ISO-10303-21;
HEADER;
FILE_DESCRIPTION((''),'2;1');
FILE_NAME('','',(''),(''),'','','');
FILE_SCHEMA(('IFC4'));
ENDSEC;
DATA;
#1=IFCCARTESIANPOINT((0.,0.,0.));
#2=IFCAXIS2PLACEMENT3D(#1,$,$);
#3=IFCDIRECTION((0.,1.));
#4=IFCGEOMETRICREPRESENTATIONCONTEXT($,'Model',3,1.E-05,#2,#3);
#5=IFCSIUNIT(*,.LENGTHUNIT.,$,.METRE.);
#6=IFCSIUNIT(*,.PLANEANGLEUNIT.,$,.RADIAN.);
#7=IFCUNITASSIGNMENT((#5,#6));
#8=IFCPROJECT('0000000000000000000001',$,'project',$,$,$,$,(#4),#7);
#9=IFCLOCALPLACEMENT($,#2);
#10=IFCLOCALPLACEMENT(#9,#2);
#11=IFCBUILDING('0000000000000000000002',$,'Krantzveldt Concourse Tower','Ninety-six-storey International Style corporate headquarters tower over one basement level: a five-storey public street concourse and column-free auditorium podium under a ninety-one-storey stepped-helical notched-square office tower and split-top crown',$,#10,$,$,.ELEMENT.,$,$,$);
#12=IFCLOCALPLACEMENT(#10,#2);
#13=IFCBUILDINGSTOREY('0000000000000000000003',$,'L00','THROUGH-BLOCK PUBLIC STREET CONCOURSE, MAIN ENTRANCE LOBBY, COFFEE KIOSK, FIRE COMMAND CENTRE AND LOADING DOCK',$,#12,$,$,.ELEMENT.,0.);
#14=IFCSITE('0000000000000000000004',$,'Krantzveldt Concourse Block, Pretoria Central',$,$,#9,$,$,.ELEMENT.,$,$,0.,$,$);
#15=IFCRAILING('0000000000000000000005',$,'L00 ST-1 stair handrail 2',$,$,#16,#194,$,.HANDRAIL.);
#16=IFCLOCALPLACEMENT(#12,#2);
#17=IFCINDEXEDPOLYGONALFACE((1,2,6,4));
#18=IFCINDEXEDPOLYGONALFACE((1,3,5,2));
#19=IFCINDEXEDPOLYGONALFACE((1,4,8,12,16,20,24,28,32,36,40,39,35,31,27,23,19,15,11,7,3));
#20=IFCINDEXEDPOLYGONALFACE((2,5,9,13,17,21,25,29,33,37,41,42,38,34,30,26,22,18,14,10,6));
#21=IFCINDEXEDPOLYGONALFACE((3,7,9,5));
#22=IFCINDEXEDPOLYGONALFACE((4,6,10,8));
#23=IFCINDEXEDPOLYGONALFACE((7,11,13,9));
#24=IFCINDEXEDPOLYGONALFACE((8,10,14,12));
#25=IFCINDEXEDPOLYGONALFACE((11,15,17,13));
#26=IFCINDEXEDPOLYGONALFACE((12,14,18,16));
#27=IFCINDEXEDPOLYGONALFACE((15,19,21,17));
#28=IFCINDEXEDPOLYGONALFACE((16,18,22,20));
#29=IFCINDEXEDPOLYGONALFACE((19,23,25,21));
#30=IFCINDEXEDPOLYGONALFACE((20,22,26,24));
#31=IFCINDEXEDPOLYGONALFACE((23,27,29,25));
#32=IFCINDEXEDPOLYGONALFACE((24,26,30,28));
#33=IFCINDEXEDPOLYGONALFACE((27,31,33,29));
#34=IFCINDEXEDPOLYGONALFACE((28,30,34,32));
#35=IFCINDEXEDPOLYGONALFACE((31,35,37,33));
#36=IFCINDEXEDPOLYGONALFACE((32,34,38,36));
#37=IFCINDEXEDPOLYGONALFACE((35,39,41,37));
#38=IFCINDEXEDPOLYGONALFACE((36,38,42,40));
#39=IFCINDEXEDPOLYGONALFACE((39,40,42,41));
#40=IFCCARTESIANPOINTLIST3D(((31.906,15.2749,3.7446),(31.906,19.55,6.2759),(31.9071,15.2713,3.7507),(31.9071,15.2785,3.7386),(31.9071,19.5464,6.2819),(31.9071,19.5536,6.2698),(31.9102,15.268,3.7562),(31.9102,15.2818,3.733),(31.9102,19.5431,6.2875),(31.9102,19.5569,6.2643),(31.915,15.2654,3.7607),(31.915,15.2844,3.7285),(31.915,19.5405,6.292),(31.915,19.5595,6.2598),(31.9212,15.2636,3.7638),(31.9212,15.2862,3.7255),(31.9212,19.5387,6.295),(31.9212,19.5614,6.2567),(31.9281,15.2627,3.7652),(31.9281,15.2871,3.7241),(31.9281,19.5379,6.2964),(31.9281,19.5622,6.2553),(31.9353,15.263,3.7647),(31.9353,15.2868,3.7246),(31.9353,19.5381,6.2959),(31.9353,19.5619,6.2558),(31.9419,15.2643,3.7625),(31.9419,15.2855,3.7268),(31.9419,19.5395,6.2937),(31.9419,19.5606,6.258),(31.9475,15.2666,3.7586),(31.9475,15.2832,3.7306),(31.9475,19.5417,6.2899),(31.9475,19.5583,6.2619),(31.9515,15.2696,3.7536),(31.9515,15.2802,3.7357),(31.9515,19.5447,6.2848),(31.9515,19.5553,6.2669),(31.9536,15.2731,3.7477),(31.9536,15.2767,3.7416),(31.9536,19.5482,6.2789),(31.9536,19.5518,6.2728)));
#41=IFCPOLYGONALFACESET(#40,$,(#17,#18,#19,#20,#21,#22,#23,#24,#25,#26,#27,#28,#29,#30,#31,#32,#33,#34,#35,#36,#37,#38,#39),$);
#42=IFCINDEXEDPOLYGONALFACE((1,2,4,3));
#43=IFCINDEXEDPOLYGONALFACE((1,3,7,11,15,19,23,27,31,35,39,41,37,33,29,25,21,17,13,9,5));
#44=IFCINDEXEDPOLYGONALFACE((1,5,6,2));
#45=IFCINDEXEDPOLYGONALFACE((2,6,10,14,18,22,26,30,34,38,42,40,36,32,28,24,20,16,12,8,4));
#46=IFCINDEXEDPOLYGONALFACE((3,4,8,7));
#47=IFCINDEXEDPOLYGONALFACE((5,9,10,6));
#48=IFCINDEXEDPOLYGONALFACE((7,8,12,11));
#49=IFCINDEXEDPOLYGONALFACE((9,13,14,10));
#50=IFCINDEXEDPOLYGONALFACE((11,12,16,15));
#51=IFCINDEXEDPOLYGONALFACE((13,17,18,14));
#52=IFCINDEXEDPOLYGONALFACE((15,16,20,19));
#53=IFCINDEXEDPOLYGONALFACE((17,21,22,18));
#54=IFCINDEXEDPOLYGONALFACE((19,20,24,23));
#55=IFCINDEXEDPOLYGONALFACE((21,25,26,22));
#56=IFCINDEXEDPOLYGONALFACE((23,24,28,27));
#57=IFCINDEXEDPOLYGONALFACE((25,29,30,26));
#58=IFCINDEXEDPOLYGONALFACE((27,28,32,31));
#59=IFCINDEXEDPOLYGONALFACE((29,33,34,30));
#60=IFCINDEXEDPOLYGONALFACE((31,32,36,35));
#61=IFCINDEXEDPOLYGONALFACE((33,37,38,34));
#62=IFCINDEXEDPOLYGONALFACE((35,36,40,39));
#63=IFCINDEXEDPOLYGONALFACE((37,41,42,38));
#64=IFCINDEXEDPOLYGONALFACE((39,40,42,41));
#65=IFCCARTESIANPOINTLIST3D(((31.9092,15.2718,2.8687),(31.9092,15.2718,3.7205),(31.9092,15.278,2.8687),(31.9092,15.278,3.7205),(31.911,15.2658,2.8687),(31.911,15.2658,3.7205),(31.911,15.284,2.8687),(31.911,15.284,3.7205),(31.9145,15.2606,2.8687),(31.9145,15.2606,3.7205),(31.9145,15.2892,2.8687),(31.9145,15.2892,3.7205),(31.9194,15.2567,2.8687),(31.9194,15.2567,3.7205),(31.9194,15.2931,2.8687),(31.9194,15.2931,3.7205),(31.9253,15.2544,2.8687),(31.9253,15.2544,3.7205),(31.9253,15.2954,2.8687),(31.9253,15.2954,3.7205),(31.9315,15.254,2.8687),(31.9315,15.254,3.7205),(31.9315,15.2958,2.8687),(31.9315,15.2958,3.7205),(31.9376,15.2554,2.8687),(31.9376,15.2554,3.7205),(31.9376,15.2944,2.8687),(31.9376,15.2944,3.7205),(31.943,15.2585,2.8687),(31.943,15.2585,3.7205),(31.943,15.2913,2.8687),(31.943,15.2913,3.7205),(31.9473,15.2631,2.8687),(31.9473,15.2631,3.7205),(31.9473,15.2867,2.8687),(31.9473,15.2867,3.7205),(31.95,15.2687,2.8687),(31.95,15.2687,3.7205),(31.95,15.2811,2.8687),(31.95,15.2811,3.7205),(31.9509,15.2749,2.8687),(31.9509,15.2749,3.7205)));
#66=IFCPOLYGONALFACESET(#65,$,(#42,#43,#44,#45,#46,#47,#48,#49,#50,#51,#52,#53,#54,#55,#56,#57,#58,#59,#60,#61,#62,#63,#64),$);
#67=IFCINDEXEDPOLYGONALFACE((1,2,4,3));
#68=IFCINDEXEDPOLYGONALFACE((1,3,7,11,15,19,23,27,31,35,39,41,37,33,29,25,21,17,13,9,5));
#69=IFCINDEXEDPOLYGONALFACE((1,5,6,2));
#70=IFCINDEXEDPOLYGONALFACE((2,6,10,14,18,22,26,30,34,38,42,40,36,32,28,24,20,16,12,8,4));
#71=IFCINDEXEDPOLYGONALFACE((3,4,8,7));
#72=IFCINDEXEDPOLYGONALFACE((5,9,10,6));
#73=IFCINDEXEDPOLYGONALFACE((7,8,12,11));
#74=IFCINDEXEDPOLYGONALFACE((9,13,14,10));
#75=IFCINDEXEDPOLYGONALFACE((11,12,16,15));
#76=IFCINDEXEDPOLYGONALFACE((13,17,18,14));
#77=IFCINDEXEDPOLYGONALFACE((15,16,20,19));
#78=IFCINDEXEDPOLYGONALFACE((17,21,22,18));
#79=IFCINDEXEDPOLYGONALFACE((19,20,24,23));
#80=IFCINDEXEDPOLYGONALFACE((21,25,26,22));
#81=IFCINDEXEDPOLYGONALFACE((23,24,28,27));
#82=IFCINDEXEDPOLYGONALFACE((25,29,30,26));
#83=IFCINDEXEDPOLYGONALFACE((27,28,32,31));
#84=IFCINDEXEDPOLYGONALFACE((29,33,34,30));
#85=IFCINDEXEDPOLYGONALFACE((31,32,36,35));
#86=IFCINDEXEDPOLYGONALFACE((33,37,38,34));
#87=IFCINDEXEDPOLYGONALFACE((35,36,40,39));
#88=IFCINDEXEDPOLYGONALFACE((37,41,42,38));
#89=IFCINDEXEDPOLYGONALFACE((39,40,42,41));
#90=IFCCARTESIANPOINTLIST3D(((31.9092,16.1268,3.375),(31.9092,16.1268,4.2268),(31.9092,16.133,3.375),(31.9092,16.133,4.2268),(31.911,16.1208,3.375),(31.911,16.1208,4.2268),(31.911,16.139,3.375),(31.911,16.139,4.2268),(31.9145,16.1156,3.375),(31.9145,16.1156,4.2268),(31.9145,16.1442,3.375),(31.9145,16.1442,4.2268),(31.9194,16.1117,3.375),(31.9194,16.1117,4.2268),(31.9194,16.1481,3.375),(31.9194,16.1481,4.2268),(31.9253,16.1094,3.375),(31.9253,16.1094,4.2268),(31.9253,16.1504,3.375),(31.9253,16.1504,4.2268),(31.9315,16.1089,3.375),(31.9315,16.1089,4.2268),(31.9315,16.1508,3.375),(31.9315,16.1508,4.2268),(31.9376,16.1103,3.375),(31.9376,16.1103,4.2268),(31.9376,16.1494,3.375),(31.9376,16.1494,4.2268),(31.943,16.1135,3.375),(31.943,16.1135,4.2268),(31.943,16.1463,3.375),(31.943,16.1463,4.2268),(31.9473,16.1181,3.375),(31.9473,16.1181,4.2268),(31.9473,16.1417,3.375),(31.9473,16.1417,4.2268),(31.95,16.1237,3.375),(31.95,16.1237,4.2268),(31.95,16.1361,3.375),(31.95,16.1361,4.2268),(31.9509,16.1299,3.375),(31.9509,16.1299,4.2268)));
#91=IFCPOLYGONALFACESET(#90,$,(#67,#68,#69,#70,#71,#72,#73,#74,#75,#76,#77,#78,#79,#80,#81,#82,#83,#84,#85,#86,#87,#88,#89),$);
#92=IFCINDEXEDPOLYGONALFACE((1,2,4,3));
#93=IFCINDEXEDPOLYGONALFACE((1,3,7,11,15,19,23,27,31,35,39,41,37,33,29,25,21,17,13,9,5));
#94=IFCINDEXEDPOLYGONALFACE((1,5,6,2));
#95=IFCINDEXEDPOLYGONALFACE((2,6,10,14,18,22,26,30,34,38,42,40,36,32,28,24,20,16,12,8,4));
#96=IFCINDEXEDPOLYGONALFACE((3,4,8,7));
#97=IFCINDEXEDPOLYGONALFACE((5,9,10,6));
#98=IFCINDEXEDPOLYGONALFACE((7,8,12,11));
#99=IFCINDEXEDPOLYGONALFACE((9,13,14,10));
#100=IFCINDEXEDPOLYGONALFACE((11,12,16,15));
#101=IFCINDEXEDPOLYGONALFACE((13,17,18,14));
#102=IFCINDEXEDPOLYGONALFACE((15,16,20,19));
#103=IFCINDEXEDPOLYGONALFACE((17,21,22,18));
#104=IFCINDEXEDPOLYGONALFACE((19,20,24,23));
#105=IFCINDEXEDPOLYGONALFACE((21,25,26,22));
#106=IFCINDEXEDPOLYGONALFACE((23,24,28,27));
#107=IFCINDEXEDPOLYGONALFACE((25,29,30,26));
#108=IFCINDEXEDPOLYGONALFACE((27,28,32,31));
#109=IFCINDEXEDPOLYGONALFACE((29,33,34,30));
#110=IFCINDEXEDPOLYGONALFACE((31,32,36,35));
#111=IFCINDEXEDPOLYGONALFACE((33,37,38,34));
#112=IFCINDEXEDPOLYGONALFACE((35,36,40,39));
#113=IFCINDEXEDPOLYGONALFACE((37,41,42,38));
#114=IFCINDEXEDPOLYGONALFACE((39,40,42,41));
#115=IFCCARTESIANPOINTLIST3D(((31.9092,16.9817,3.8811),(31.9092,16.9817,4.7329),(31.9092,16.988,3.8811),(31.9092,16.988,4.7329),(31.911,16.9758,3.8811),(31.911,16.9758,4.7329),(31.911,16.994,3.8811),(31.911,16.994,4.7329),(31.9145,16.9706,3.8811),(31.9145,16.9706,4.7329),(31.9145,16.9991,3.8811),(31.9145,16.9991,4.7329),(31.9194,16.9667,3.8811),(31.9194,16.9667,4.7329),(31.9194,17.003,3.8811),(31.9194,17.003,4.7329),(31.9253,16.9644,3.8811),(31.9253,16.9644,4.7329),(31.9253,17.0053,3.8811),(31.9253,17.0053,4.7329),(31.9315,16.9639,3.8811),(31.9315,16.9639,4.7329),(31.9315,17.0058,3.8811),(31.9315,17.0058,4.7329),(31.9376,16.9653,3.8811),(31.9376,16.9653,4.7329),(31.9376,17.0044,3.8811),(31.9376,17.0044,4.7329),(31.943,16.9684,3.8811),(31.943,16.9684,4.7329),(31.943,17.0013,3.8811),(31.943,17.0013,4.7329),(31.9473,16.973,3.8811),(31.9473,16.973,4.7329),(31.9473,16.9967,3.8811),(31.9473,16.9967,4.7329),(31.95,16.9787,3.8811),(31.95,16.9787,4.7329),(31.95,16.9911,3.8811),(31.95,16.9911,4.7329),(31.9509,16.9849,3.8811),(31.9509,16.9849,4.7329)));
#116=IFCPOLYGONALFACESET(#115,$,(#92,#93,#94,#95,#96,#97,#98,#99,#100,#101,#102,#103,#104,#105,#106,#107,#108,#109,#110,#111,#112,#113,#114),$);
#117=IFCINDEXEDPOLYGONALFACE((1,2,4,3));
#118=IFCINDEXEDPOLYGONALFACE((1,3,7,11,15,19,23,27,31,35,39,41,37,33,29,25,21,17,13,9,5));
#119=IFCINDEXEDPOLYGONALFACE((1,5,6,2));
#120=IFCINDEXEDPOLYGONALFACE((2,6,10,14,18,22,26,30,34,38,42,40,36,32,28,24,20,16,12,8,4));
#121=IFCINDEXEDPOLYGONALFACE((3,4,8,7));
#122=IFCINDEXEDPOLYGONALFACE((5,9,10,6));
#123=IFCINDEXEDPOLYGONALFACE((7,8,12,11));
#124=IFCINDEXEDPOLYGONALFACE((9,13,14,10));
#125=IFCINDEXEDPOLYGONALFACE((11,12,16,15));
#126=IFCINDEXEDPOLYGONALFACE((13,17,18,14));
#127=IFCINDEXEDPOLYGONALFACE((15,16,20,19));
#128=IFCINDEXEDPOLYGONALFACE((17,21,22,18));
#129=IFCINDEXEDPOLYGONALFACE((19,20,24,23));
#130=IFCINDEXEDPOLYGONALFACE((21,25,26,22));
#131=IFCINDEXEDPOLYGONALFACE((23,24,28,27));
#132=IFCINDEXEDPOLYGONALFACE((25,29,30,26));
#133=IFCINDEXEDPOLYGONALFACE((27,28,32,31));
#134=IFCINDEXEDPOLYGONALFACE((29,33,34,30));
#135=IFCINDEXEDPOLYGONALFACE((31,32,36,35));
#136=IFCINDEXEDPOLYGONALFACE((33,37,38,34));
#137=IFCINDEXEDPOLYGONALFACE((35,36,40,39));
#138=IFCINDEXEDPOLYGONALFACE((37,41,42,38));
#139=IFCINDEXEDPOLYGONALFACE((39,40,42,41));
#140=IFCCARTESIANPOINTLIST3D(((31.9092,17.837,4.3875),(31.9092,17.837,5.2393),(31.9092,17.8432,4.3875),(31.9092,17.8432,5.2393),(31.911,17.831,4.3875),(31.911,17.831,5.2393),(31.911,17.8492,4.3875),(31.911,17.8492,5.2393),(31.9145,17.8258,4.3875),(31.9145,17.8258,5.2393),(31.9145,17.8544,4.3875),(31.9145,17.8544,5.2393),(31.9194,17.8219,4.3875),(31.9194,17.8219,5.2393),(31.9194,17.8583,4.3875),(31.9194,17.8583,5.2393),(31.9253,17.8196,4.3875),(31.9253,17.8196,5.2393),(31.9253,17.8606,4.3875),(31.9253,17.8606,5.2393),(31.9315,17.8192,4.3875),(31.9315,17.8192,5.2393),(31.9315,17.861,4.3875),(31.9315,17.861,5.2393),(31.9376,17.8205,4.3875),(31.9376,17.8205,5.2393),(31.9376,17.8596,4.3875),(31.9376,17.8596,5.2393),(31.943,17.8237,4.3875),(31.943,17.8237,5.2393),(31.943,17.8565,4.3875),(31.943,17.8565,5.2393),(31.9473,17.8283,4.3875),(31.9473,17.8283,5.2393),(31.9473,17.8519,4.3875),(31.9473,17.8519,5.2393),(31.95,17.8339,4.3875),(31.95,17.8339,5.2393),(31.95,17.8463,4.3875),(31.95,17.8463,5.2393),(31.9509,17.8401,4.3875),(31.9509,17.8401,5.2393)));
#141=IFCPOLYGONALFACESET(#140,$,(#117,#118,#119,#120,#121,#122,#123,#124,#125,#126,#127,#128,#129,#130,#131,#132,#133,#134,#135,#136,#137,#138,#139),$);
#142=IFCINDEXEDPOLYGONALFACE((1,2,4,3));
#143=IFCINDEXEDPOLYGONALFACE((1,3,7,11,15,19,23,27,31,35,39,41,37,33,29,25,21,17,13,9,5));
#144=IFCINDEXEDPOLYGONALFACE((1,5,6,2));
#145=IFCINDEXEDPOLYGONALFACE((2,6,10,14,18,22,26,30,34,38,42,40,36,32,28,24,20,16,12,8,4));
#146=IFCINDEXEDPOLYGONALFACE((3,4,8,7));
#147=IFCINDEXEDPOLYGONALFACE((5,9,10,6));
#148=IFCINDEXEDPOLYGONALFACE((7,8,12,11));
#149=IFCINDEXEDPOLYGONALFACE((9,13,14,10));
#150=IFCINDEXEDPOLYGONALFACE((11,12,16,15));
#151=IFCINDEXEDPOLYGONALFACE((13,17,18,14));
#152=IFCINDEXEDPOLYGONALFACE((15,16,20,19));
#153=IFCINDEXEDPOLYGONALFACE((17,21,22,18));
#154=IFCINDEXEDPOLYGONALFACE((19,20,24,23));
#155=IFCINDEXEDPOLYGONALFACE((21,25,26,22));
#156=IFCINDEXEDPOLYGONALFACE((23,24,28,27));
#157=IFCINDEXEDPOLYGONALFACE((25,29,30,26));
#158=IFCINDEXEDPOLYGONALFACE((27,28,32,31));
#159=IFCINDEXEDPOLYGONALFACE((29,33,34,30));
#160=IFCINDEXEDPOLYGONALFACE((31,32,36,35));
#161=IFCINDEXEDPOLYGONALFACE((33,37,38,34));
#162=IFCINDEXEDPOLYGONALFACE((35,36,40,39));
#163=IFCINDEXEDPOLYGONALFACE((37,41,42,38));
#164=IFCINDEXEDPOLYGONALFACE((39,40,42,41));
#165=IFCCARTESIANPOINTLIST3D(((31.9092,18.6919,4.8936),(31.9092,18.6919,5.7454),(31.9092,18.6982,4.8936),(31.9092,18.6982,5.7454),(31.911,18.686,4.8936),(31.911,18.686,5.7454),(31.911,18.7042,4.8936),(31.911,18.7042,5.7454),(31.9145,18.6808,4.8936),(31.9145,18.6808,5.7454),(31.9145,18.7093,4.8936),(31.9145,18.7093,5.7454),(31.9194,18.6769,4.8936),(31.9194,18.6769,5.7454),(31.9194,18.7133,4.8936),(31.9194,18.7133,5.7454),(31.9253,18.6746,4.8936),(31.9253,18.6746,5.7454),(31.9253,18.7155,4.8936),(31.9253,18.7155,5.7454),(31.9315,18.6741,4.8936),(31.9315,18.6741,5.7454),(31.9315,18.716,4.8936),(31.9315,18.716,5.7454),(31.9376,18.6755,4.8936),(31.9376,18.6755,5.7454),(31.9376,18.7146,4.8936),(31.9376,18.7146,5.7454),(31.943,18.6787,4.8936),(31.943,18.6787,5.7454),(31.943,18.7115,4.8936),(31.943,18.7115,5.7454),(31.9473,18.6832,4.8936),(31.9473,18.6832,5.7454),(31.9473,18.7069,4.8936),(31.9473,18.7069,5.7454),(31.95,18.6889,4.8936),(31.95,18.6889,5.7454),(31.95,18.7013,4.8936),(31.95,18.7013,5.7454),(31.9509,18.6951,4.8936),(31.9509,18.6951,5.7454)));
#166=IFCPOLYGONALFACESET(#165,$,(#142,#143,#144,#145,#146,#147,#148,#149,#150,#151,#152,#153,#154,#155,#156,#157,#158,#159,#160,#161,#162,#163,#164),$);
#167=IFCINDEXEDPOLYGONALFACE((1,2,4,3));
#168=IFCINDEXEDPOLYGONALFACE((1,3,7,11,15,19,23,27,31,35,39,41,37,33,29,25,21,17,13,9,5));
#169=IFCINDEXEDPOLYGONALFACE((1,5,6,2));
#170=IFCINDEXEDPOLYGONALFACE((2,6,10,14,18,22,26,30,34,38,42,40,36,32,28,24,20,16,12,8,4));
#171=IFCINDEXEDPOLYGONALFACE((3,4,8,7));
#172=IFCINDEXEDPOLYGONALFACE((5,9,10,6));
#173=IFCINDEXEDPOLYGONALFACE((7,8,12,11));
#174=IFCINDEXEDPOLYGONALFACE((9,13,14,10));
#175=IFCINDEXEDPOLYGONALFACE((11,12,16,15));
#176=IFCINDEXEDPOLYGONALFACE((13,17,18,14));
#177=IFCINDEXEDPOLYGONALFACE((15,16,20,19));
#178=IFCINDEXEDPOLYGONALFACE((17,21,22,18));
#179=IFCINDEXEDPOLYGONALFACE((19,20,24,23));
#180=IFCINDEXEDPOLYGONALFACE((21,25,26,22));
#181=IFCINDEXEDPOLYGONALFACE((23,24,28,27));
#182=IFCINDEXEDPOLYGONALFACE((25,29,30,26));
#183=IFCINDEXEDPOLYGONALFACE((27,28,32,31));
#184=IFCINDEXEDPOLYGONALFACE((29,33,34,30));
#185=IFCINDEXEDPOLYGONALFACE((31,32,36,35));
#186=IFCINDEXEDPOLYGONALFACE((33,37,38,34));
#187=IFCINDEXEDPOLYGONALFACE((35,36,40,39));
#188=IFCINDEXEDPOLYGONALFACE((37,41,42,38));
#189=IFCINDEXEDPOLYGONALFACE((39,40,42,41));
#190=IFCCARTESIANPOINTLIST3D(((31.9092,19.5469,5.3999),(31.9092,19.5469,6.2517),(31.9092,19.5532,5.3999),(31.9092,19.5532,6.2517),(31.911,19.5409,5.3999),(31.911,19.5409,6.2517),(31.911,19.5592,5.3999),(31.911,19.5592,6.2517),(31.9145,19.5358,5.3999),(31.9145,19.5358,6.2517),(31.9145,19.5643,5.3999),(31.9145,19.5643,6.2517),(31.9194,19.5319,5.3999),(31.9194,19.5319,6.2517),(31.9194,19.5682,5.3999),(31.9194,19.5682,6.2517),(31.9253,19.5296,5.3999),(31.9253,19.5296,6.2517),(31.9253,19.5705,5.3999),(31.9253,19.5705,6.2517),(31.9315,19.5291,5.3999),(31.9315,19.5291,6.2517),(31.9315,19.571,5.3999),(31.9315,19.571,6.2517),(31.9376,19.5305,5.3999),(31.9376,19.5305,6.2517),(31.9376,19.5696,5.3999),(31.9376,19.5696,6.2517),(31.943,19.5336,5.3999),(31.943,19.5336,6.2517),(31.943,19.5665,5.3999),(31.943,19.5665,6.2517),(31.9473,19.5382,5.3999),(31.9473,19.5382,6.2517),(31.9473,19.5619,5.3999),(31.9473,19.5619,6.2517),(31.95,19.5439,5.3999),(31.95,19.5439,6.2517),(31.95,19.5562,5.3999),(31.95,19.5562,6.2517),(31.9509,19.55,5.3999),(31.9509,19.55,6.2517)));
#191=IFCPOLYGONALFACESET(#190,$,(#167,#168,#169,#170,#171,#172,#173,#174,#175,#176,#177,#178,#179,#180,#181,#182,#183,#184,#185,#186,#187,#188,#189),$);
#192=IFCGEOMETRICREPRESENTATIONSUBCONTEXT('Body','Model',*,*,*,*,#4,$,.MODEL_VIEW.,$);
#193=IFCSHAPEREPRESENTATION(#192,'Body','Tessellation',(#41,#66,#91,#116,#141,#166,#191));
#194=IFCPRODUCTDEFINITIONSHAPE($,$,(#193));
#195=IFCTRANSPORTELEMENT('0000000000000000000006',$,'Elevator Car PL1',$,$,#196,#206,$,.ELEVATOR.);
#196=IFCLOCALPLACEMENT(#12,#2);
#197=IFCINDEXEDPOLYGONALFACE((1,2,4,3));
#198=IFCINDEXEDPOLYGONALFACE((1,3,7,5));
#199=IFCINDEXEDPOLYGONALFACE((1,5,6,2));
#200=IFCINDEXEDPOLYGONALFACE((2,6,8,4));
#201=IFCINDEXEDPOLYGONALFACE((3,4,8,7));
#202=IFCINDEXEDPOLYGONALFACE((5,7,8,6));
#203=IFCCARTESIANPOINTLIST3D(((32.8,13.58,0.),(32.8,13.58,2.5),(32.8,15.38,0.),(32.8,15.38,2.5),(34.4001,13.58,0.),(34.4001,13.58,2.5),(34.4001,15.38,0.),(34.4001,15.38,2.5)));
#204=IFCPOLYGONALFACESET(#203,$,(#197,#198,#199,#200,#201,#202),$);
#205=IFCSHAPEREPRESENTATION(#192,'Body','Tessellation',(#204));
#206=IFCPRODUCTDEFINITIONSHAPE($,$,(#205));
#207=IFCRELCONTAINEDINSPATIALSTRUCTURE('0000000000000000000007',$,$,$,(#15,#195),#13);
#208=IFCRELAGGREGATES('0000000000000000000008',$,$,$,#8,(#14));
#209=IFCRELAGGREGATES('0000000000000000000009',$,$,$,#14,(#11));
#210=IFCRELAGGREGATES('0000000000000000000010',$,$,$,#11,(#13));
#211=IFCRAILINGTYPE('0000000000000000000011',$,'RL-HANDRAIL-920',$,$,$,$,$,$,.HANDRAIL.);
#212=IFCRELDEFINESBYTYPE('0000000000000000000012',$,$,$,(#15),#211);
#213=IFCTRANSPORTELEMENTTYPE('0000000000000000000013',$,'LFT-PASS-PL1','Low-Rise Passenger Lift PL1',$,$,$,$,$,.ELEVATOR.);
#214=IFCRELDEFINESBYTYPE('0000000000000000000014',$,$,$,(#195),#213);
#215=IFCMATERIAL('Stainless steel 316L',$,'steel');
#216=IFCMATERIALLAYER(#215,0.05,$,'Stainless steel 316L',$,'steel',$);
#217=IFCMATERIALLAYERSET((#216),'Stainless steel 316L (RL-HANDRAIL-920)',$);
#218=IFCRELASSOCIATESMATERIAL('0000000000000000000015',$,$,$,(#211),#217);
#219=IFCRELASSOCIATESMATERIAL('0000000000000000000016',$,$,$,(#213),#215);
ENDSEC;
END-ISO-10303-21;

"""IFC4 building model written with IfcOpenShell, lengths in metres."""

from ifc_helpers import new_model, si_unit, direction, frame, origin, origin_2d, place, context, subcontext, project, spatial, rectangle, circle, extrude, source, transform, mapped, material, layer, layer_set, type_object, type_shapes, element, save


model = new_model("IFC4")

# Units and contexts
model_context = context("Model", 3, precision=1e-05, world=origin(), true_north=direction((0.0, 1.0)))
body_context = subcontext(model_context, "Body", "Model", "MODEL_VIEW")
ifc_project = project(units=[si_unit("LENGTHUNIT", "METRE"), si_unit("PLANEANGLEUNIT", "RADIAN")], contexts=[model_context])

# Site, building, storey
site_placement = place(None, origin())
site = spatial("IfcSite", under=ifc_project, at=site_placement, Name="Krantzveldt Concourse Block, Pretoria Central", CompositionType="ELEMENT", RefElevation=0.0)
building_placement = place(site_placement, origin())
building = spatial("IfcBuilding", under=site, at=building_placement, Name="Krantzveldt Concourse Tower", Description="Ninety-six-storey International Style corporate headquarters tower over one basement level: a five-storey public street concourse and column-free auditorium podium under a ninety-one-storey stepped-helical notched-square office tower and split-top crown", CompositionType="ELEMENT")
storey_placement = place(building_placement, origin())
storey = spatial("IfcBuildingStorey", under=building, at=storey_placement, Name="L00", Description="THROUGH-BLOCK PUBLIC STREET CONCOURSE, MAIN ENTRANCE LOBBY, COFFEE KIOSK, FIRE COMMAND CENTRE AND LOADING DOCK", CompositionType="ELEMENT", Elevation=0.0)

# Shared definitions
ifc_material_1 = material(Name="Stainless steel 316L", Category="steel")

# Railing
ifc_layer_1 = layer(ifc_material_1, 0.05, Name="Stainless steel 316L", Category="steel")
ifc_layer_set_1 = layer_set([ifc_layer_1], Name="Stainless steel 316L (RL-HANDRAIL-920)")
railing_type_1 = type_object("IfcRailingType", Name="RL-HANDRAIL-920", PredefinedType="HANDRAIL", material=ifc_layer_set_1)
railing_1_placement = place(storey_placement, frame((31.9299, 15.2749, 2.8687)))
element("IfcRailing", 1, at=railing_1_placement, inside=storey, type_object=railing_type_1, Name="L00 ST-1 stair handrail 2", PredefinedType="HANDRAIL", context=body_context, shape_type="SweptSolid", body=[
    extrude(circle(Radius=0.0239, at=origin_2d()), frame((0.0, 0.0, 0.876), z_axis=(0.0, 0.860483, 0.509479), x_axis=(-1.0, 0.0, 0.0)), (0.0, 0.0, 1.0), 4.9683),
    extrude(circle(Radius=0.021, at=origin_2d()), origin(), (0.0, 0.0, 1.0), 0.8518),
    extrude(circle(Radius=0.021, at=origin_2d()), frame((0.0, 0.855, 0.5063)), (0.0, 0.0, 1.0), 0.8518),
    extrude(circle(Radius=0.021, at=origin_2d()), frame((0.0, 1.71, 1.0125)), (0.0, 0.0, 1.0), 0.8518),
    extrude(circle(Radius=0.021, at=origin_2d()), frame((0.0, 2.5652, 1.5188)), (0.0, 0.0, 1.0), 0.8518),
    extrude(circle(Radius=0.021, at=origin_2d()), frame((0.0, 3.4202, 2.0249)), (0.0, 0.0, 1.0), 0.8518),
    extrude(circle(Radius=0.021, at=origin_2d()), frame((0.0, 4.2751, 2.5312)), (0.0, 0.0, 1.0), 0.8518),
])

# Transport element
transport_element_type = type_object("IfcTransportElementType", Name="LFT-PASS-PL1", Description="Low-Rise Passenger Lift PL1", PredefinedType="ELEVATOR", material=ifc_material_1)
shared_shape_1 = source(origin(), body_context, "Body", "SweptSolid", [
    extrude(rectangle(XDim=1.6001, YDim=1.8, at=origin_2d()), origin(), (0.0, 0.0, 1.0), 2.5),
])
type_shapes(transport_element_type, [shared_shape_1])
transport_element_placement = place(storey_placement, frame((33.6001, 14.48, 0.0), z_axis=(0.0, 0.0, 1.0), x_axis=(1.0, 0.0, 0.0)))
element("IfcTransportElement", 2, at=transport_element_placement, inside=storey, type_object=transport_element_type, Name="Elevator Car PL1", PredefinedType="ELEVATOR", context=body_context, shape_type="MappedRepresentation", body=[
    mapped(shared_shape_1, transform((0.0, 0.0, 0.0), x_axis=(1.0, 0.0, 0.0), y_axis=(0.0, 1.0, 0.0), z_axis=(0.0, 0.0, 1.0), scale=1.0)),
])

save(model, "model.ifc")
